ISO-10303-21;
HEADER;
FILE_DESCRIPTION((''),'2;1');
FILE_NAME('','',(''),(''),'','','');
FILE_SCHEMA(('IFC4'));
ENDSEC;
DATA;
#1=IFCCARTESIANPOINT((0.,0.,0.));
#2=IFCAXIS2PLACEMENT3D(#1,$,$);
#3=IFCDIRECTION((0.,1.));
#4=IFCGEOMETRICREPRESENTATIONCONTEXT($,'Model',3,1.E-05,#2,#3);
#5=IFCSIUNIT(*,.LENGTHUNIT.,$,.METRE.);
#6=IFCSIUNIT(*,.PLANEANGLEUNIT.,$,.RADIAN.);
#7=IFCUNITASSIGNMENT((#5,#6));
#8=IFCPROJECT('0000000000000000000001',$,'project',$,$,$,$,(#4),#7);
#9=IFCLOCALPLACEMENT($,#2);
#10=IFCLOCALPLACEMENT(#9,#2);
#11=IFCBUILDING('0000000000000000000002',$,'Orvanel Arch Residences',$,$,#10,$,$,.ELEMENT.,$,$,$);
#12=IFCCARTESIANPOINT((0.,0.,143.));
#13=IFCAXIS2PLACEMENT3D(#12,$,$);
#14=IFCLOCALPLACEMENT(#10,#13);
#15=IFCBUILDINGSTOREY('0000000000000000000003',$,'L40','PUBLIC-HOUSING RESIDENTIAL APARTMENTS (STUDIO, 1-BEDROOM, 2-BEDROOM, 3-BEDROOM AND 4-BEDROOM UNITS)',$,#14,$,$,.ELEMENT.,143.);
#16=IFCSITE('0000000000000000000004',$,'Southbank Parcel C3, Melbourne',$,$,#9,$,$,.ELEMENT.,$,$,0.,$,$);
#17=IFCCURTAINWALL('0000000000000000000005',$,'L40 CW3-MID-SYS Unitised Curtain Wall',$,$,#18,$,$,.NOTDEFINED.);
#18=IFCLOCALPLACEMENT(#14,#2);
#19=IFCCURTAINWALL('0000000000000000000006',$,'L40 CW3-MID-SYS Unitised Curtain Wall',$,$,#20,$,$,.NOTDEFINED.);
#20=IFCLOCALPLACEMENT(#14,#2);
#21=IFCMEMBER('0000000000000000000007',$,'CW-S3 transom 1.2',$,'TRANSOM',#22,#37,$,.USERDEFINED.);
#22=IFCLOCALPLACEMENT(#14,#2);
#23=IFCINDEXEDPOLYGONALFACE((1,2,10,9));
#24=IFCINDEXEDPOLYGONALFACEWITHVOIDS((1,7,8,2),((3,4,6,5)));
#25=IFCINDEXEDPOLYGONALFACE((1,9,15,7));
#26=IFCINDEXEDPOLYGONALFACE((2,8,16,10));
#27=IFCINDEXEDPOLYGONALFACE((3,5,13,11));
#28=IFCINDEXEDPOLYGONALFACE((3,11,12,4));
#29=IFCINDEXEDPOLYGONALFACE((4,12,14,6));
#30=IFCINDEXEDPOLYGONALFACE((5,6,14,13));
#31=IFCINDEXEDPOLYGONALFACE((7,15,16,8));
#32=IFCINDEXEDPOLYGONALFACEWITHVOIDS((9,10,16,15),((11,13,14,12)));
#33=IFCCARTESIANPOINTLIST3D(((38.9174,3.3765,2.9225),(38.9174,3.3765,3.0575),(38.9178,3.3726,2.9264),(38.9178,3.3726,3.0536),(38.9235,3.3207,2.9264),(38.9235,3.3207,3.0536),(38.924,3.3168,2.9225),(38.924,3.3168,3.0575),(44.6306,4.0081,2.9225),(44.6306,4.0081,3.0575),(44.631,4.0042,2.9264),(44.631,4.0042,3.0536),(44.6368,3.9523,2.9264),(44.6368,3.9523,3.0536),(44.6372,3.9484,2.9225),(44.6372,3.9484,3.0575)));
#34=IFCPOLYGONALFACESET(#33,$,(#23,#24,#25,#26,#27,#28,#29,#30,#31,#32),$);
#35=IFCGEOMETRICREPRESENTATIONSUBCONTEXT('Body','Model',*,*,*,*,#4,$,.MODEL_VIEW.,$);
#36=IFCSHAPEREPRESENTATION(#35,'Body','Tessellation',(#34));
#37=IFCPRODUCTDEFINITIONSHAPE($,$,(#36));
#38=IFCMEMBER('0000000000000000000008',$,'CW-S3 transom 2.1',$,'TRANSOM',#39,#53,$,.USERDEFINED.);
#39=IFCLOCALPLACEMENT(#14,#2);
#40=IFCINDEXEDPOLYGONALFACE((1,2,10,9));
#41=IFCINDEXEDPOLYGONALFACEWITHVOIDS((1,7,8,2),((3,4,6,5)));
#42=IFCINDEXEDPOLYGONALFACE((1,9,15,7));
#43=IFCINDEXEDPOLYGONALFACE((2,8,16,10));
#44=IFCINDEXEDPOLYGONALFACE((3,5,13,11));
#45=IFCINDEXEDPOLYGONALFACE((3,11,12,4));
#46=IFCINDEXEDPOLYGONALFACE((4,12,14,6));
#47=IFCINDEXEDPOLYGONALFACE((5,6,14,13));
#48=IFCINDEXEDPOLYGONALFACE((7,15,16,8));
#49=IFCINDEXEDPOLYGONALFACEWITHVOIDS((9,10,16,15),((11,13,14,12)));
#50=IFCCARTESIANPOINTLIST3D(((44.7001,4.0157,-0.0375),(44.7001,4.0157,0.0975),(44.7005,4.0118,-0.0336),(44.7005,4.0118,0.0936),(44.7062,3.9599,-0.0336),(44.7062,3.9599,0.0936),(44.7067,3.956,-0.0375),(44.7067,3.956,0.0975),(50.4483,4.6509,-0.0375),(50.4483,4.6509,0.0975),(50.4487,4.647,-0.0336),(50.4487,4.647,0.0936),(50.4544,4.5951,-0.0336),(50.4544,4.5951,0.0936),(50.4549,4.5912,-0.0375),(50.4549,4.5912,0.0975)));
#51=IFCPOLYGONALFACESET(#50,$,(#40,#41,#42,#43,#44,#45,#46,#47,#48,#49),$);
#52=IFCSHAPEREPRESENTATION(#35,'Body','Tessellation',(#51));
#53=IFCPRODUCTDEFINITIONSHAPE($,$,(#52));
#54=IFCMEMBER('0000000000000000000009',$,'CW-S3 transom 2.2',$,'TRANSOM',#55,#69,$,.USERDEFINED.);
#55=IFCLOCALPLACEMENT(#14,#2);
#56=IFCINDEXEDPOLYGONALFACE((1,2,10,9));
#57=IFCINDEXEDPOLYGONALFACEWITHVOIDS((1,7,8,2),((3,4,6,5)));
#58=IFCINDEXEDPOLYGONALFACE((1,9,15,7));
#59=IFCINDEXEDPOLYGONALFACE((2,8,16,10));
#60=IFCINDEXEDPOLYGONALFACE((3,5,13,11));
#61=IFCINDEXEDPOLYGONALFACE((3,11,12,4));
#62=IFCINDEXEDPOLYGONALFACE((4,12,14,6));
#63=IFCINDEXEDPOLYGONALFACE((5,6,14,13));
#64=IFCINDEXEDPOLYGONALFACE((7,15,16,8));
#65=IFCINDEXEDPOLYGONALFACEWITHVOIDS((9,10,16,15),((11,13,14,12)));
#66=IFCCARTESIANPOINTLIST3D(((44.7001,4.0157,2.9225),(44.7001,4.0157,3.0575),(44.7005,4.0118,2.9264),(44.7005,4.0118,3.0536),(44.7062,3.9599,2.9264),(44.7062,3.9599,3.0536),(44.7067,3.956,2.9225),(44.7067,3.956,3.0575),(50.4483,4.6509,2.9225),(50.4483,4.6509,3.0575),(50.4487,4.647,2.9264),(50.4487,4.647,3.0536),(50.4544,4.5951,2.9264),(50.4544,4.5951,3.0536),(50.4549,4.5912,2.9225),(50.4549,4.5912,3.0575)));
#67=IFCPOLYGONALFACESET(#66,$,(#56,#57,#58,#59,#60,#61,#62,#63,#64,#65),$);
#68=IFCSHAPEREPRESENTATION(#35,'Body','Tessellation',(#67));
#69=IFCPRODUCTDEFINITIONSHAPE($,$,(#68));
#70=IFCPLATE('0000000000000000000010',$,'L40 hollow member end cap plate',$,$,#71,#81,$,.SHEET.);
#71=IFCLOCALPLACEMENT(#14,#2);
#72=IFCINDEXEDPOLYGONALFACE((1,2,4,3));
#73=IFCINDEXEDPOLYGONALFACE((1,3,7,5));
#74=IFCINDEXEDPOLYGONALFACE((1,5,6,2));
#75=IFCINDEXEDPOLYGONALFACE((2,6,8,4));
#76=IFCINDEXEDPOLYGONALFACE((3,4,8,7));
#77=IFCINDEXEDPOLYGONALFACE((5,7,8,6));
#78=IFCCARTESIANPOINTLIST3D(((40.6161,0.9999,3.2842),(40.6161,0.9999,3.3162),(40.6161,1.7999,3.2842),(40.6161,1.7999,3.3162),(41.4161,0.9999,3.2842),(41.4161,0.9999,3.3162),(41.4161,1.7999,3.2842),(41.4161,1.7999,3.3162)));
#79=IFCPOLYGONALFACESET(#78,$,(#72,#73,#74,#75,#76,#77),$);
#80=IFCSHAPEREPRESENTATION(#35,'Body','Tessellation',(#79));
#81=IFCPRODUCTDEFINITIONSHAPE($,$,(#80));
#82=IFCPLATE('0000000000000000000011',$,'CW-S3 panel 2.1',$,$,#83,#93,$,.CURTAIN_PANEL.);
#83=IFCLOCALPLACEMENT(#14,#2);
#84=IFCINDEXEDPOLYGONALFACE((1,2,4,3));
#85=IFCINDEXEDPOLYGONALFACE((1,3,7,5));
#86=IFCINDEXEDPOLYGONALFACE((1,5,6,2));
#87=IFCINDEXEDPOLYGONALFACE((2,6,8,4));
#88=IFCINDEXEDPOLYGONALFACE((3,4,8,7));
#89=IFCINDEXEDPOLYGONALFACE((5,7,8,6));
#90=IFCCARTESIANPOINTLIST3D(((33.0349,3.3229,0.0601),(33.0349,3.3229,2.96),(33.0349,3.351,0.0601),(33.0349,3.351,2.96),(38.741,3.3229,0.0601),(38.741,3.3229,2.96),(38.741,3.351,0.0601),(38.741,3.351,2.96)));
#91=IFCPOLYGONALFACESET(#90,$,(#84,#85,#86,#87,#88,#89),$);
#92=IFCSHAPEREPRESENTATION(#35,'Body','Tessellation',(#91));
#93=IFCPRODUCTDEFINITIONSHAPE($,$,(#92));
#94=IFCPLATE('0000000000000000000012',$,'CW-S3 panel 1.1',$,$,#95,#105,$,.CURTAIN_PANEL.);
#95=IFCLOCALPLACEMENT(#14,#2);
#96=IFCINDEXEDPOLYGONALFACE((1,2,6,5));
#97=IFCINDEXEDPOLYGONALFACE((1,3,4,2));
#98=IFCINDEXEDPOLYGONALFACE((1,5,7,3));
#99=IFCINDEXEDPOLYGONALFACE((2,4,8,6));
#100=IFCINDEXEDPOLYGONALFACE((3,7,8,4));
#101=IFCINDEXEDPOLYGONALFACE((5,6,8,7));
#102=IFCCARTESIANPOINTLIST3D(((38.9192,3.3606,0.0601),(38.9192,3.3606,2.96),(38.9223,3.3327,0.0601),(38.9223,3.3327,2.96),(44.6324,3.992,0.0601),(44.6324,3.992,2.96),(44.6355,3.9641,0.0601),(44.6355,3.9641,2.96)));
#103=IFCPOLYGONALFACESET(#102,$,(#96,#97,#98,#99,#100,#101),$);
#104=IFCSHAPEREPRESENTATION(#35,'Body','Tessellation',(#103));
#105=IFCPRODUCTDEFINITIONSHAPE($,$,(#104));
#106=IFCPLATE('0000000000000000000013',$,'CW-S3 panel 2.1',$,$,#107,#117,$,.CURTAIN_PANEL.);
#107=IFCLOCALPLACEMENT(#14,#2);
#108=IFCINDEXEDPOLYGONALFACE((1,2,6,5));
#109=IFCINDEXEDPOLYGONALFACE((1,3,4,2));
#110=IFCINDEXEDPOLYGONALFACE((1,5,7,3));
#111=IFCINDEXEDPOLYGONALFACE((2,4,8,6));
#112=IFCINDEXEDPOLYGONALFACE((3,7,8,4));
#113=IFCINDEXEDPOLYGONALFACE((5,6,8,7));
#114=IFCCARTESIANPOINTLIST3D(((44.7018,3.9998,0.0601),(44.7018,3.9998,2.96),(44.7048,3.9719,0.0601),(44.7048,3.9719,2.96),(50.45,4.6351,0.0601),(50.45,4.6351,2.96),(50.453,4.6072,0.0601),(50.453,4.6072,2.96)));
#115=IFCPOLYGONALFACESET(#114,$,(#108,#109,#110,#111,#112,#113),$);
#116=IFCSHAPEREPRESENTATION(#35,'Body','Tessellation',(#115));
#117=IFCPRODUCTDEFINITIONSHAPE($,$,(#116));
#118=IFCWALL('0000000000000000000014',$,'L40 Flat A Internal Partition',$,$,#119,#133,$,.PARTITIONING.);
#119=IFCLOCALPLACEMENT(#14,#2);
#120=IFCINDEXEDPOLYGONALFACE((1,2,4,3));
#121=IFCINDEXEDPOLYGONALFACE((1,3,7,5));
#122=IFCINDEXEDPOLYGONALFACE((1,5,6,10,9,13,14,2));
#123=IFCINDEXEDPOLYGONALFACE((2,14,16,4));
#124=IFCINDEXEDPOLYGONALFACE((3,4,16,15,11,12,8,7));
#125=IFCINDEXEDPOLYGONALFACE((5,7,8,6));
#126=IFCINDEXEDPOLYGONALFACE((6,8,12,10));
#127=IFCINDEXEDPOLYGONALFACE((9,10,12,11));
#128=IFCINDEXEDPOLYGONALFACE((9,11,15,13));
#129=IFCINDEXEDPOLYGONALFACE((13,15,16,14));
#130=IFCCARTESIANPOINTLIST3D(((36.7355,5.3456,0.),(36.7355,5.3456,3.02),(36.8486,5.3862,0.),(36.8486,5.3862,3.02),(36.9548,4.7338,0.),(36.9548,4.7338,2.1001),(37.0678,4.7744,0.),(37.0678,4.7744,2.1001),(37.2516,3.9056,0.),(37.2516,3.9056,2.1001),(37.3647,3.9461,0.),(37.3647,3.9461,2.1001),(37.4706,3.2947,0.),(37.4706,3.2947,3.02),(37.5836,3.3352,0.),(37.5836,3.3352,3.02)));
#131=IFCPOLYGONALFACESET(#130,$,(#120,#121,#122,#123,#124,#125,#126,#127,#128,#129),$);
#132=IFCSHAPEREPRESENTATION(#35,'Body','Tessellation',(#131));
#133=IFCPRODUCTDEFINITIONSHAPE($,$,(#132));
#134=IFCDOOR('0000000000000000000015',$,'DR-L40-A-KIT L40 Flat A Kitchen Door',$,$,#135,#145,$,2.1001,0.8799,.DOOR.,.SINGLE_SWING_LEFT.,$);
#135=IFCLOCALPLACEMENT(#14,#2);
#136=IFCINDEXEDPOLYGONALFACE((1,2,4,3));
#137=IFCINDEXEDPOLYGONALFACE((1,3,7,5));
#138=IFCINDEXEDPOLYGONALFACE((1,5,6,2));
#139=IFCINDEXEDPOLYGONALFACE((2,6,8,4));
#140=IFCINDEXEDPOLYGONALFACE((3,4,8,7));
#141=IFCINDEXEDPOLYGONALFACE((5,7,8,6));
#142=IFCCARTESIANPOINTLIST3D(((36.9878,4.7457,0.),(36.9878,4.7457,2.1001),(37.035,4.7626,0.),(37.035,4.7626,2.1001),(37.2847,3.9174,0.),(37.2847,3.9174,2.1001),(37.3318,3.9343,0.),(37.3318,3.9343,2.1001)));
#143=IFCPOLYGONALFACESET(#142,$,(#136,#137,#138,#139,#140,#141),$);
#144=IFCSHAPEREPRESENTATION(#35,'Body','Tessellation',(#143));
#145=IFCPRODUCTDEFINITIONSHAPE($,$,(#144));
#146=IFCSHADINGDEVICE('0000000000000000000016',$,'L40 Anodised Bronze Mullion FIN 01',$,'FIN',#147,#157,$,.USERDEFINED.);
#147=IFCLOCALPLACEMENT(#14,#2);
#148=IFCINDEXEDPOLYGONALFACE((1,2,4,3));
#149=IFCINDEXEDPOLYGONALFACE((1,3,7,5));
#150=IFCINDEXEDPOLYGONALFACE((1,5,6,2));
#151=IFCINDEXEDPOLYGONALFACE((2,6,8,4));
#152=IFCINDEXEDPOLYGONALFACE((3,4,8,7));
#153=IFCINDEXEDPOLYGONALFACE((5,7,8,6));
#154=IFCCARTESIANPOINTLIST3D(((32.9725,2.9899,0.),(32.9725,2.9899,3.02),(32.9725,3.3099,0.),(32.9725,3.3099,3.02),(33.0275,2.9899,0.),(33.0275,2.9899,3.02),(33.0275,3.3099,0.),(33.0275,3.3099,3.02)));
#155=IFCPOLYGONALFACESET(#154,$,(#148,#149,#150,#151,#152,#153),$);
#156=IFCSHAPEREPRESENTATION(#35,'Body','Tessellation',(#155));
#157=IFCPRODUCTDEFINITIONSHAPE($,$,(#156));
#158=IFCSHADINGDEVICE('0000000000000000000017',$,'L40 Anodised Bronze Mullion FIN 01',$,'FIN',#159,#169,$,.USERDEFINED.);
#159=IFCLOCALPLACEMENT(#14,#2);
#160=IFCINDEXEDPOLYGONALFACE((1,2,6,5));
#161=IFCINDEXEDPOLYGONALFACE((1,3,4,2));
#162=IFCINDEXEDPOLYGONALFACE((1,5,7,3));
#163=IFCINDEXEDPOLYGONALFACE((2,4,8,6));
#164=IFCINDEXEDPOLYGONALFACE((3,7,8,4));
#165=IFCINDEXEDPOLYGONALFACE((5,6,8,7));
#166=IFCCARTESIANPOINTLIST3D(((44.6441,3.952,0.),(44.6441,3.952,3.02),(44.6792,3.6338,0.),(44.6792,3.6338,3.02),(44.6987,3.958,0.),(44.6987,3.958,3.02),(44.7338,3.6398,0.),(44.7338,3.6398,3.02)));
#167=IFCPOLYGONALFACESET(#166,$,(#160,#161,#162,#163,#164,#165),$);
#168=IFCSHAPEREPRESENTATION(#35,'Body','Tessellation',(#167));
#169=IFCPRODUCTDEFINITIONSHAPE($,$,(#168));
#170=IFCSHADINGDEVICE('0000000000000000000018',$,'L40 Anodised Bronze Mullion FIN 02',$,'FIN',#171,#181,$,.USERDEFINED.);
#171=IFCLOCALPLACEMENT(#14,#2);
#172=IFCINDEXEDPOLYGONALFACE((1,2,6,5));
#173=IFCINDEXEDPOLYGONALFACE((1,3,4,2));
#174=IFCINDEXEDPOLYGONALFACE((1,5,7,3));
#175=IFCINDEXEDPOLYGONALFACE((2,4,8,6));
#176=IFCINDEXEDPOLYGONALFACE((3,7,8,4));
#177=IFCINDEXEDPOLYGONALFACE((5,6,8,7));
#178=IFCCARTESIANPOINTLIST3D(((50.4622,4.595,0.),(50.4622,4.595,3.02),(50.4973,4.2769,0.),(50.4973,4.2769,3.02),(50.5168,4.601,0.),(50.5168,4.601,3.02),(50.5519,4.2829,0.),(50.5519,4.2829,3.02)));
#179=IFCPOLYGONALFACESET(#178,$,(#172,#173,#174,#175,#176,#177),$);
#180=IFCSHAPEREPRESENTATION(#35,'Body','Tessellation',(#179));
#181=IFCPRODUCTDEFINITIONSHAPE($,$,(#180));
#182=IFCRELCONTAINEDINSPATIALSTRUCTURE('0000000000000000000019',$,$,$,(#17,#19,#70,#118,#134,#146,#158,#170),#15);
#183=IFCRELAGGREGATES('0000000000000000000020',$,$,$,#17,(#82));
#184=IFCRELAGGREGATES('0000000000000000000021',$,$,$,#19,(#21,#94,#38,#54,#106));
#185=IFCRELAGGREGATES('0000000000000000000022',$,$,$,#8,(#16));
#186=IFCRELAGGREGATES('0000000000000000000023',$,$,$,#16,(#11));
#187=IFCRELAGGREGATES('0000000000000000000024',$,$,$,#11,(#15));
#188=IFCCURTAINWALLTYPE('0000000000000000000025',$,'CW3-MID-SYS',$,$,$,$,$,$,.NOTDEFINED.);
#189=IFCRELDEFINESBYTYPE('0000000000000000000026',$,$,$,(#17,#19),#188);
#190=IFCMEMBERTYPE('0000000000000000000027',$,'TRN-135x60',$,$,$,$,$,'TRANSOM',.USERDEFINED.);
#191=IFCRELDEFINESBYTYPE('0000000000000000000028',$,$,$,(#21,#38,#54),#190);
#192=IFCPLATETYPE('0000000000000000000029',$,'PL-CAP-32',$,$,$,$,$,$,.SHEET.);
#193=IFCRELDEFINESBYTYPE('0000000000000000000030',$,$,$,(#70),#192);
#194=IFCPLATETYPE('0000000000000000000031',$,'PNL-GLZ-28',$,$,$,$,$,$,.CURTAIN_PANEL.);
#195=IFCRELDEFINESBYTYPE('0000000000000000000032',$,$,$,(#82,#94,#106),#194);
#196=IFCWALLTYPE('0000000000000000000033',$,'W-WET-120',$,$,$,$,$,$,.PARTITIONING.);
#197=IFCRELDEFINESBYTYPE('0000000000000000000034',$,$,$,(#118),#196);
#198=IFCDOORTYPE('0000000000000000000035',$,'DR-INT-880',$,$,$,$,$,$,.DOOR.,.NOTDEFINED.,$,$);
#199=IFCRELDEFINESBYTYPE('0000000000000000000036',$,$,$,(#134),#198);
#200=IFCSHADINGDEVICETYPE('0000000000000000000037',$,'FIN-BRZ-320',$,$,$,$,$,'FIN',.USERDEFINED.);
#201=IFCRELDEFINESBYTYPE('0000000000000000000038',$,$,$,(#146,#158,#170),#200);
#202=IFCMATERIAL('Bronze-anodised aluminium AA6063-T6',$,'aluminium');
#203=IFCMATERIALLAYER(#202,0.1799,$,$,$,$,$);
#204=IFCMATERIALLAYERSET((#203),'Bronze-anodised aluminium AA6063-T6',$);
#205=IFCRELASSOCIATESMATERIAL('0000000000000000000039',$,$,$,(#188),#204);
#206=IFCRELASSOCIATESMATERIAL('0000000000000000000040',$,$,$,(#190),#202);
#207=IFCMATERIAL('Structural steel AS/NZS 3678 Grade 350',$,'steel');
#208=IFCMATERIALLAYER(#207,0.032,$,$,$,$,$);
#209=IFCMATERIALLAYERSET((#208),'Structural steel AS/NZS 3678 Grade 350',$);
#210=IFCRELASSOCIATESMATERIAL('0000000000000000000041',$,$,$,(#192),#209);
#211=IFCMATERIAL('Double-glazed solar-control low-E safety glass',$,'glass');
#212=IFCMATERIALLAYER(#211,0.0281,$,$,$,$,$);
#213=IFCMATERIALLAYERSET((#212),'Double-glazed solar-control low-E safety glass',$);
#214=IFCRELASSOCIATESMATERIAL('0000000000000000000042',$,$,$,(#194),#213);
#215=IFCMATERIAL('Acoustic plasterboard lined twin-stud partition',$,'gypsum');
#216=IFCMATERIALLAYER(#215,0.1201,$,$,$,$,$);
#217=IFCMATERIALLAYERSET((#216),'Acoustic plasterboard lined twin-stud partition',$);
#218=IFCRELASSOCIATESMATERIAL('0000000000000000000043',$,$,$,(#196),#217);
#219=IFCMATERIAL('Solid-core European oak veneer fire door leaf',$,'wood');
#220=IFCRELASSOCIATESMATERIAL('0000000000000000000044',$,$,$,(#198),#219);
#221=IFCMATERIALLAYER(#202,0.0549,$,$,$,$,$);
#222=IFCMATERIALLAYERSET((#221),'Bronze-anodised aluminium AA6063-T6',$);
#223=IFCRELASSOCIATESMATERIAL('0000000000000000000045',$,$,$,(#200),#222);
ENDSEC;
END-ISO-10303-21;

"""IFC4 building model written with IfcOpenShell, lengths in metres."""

from ifc_helpers import new_model, si_unit, direction, frame, frame_2d, origin, origin_2d, place, context, subcontext, project, spatial, rectangle, hollow_rectangle, extrude, material, layer, layer_set, material_profile, profile_set, type_object, element, fill, aggregate, save


model = new_model("IFC4")

# Units and contexts
model_context = context("Model", 3, precision=1e-05, world=origin(), true_north=direction((0.0, 1.0)))
body_context = subcontext(model_context, "Body", "Model", "MODEL_VIEW")
ifc_project = project(units=[si_unit("LENGTHUNIT", "METRE"), si_unit("PLANEANGLEUNIT", "RADIAN")], contexts=[model_context])

# Site, building, storey
site_placement = place(None, origin())
site = spatial("IfcSite", under=ifc_project, at=site_placement, Name="Southbank Parcel C3, Melbourne", CompositionType="ELEMENT", RefElevation=0.0)
building_placement = place(site_placement, origin())
building = spatial("IfcBuilding", under=site, at=building_placement, Name="Orvanel Arch Residences", CompositionType="ELEMENT")
storey_placement = place(building_placement, frame((0.0, 0.0, 143.0)))
storey = spatial("IfcBuildingStorey", under=building, at=storey_placement, Name="L40", Description="PUBLIC-HOUSING RESIDENTIAL APARTMENTS (STUDIO, 1-BEDROOM, 2-BEDROOM, 3-BEDROOM AND 4-BEDROOM UNITS)", CompositionType="ELEMENT", Elevation=143.0)

# Curtain walls
ifc_material_1 = material(Name="Bronze-anodised aluminium AA6063-T6", Category="aluminium")
ifc_layer_1 = layer(ifc_material_1, 0.1799)
ifc_layer_set_1 = layer_set([ifc_layer_1], Name="Bronze-anodised aluminium AA6063-T6")
curtain_wall_type = type_object("IfcCurtainWallType", Name="CW3-MID-SYS", PredefinedType="NOTDEFINED", material=ifc_layer_set_1)
curtain_wall_1_placement = place(storey_placement, origin())
curtain_wall_1 = element("IfcCurtainWall", 1, at=curtain_wall_1_placement, inside=storey, type_object=curtain_wall_type, Name="L40 CW3-MID-SYS Unitised Curtain Wall", PredefinedType="NOTDEFINED")
curtain_wall_2_placement = place(storey_placement, origin())
curtain_wall_2 = element("IfcCurtainWall", 2, at=curtain_wall_2_placement, inside=storey, type_object=curtain_wall_type, Name="L40 CW3-MID-SYS Unitised Curtain Wall", PredefinedType="NOTDEFINED")

# Members
ifc_material_profile_1 = material_profile(ifc_material_1, hollow_rectangle(XDim=0.0601, YDim=0.135, WallThickness=0.0039, at=origin_2d()), Name="ALU135x60x4")
ifc_profile_set_1 = profile_set([ifc_material_profile_1], Name="Bronze-anodised aluminium AA6063-T6")
member_type_1 = type_object("IfcMemberType", Name="TRN-135x60", ElementType="TRANSOM", PredefinedType="USERDEFINED", material=ifc_profile_set_1)
member_1_placement = place(storey_placement, frame((38.9207, 3.3467, 2.99), z_axis=(0.993945, 0.109881, 0.0), x_axis=(-0.109881, 0.993945, 0.0)))
member_1 = element("IfcMember", 3, at=member_1_placement, type_object=member_type_1, Name="CW-S3 transom 1.2", ObjectType="TRANSOM", PredefinedType="USERDEFINED", context=body_context, shape_type="SweptSolid", body=[
    extrude(hollow_rectangle(XDim=0.0601, YDim=0.135, WallThickness=0.0039, at=origin_2d()), origin(), (0.0, 0.0, 1.0), 5.748),
])
member_2_placement = place(storey_placement, frame((44.7034, 3.9858, 0.03), z_axis=(0.993949, 0.109843, 0.0), x_axis=(-0.109843, 0.993949, 0.0)))
member_2 = element("IfcMember", 4, at=member_2_placement, type_object=member_type_1, Name="CW-S3 transom 2.1", ObjectType="TRANSOM", PredefinedType="USERDEFINED", context=body_context, shape_type="SweptSolid", body=[
    extrude(hollow_rectangle(XDim=0.0601, YDim=0.135, WallThickness=0.0039, at=origin_2d()), origin(), (0.0, 0.0, 1.0), 5.7832),
])
member_3_placement = place(storey_placement, frame((44.7034, 3.9858, 2.99), z_axis=(0.993949, 0.109843, 0.0), x_axis=(-0.109843, 0.993949, 0.0)))
member_3 = element("IfcMember", 5, at=member_3_placement, type_object=member_type_1, Name="CW-S3 transom 2.2", ObjectType="TRANSOM", PredefinedType="USERDEFINED", context=body_context, shape_type="SweptSolid", body=[
    extrude(hollow_rectangle(XDim=0.0601, YDim=0.135, WallThickness=0.0039, at=origin_2d()), origin(), (0.0, 0.0, 1.0), 5.7832),
])

# Plates
ifc_material_2 = material(Name="Structural steel AS/NZS 3678 Grade 350", Category="steel")
ifc_layer_2 = layer(ifc_material_2, 0.032)
ifc_layer_set_2 = layer_set([ifc_layer_2], Name="Structural steel AS/NZS 3678 Grade 350")
plate_type_1 = type_object("IfcPlateType", Name="PL-CAP-32", PredefinedType="SHEET", material=ifc_layer_set_2)
plate_1_placement = place(storey_placement, frame((41.0161, 1.3999, 3.2842), z_axis=(0.0, 0.0, 1.0), x_axis=(1.0, 0.0, 0.0)))
element("IfcPlate", 6, at=plate_1_placement, inside=storey, type_object=plate_type_1, Name="L40 hollow member end cap plate", PredefinedType="SHEET", context=body_context, shape_type="SweptSolid", body=[
    extrude(rectangle(XDim=0.8, YDim=0.8, at=origin_2d()), origin(), (0.0, 0.0, 1.0), 0.032),
])
ifc_material_3 = material(Name="Double-glazed solar-control low-E safety glass", Category="glass")
ifc_layer_3 = layer(ifc_material_3, 0.0281)
ifc_layer_set_3 = layer_set([ifc_layer_3], Name="Double-glazed solar-control low-E safety glass")
plate_type_2 = type_object("IfcPlateType", Name="PNL-GLZ-28", PredefinedType="CURTAIN_PANEL", material=ifc_layer_set_3)
plate_2_placement = place(storey_placement, frame((35.8879, 3.3369, 0.0601), z_axis=(0.0, 0.0, 1.0), x_axis=(1.0, 0.0, 0.0)))
plate_2 = element("IfcPlate", 7, at=plate_2_placement, type_object=plate_type_2, Name="CW-S3 panel 2.1", PredefinedType="CURTAIN_PANEL", context=body_context, shape_type="SweptSolid", body=[
    extrude(rectangle(XDim=5.7061, YDim=0.0281, at=origin_2d()), origin(), (0.0, 0.0, 1.0), 2.8999),
])
aggregate(curtain_wall_1, [plate_2])
plate_3_placement = place(storey_placement, frame((41.7773, 3.6624, 0.0601), z_axis=(0.0, 0.0, 1.0), x_axis=(0.993947, 0.109856, 0.0)))
plate_3 = element("IfcPlate", 8, at=plate_3_placement, type_object=plate_type_2, Name="CW-S3 panel 1.1", PredefinedType="CURTAIN_PANEL", context=body_context, shape_type="SweptSolid", body=[
    extrude(rectangle(XDim=5.748, YDim=0.0281, at=origin_2d()), origin(), (0.0, 0.0, 1.0), 2.8999),
])
plate_4_placement = place(storey_placement, frame((47.5774, 4.3035, 0.0601), z_axis=(0.0, 0.0, 1.0), x_axis=(0.993947, 0.109856, 0.0)))
plate_4 = element("IfcPlate", 9, at=plate_4_placement, type_object=plate_type_2, Name="CW-S3 panel 2.1", PredefinedType="CURTAIN_PANEL", context=body_context, shape_type="SweptSolid", body=[
    extrude(rectangle(XDim=5.7832, YDim=0.0281, at=origin_2d()), origin(), (0.0, 0.0, 1.0), 2.8999),
])
aggregate(curtain_wall_2, [member_1, plate_3, member_2, member_3, plate_4])

# Wall, opening, door
ifc_material_4 = material(Name="Acoustic plasterboard lined twin-stud partition", Category="gypsum")
ifc_layer_4 = layer(ifc_material_4, 0.1201)
ifc_layer_set_4 = layer_set([ifc_layer_4], Name="Acoustic plasterboard lined twin-stud partition")
wall_type = type_object("IfcWallType", Name="W-WET-120", PredefinedType="PARTITIONING", material=ifc_layer_set_4)
wall_placement = place(storey_placement, frame((37.5271, 3.3149, 0.0), z_axis=(0.0, 0.0, 1.0), x_axis=(-0.337394, 0.941364, 0.0)))
wall = element("IfcWall", 10, at=wall_placement, inside=storey, type_object=wall_type, Name="L40 Flat A Internal Partition", PredefinedType="PARTITIONING", context=body_context, shape_type="SweptSolid", body=[
    extrude(rectangle(XDim=2.1787, YDim=0.1201, at=frame_2d((1.0894, 0.0))), origin(), (0.0, 0.0, 1.0), 3.02),
])
opening_placement = place(wall_placement, frame((0.6489, 0.0, 0.0)))
opening = element("IfcOpeningElement", 11, at=opening_placement, cuts=wall, PredefinedType="OPENING", context=body_context, shape_type="SweptSolid", body=[
    extrude(rectangle(XDim=0.8799, YDim=2.1001, at=frame_2d((0.4399, 1.05))), frame((0.0, 0.0701, 0.0), z_axis=(0.0, -1.0, 0.0), x_axis=(1.0, 0.0, 0.0)), (0.0, 0.0, 1.0), 0.1401),
])
ifc_material_5 = material(Name="Solid-core European oak veneer fire door leaf", Category="wood")
door_type = type_object("IfcDoorType", Name="DR-INT-880", OperationType="NOTDEFINED", PredefinedType="DOOR", material=ifc_material_5)
door_placement = place(opening_placement, origin())
door = element("IfcDoor", 12, at=door_placement, inside=storey, type_object=door_type, Name="DR-L40-A-KIT L40 Flat A Kitchen Door", OperationType="SINGLE_SWING_LEFT", OverallHeight=2.1001, OverallWidth=0.8799, PredefinedType="DOOR", context=body_context, shape_type="SweptSolid", body=[
    extrude(rectangle(XDim=0.8799, YDim=2.1001, at=frame_2d((0.4399, 1.05))), frame((0.0, 0.0249, 0.0), z_axis=(0.0, -1.0, 0.0), x_axis=(1.0, 0.0, 0.0)), (0.0, 0.0, 1.0), 0.05),
])
fill(opening, door)

# Shading devices
ifc_layer_5 = layer(ifc_material_1, 0.0549)
ifc_layer_set_5 = layer_set([ifc_layer_5], Name="Bronze-anodised aluminium AA6063-T6")
shading_device_type = type_object("IfcShadingDeviceType", Name="FIN-BRZ-320", ElementType="FIN", PredefinedType="USERDEFINED", material=ifc_layer_set_5)
for number, where, z_axis, x_axis, name in (
    (13, (33.0, 3.1499, 0.0), (0.0, 0.0, 1.0), (0.0, -1.0, 0.0), "L40 Anodised Bronze Mullion FIN 01"),
    (14, (44.689, 3.7959, 0.0), (0.0, 0.0, 1.0), (0.109734, -0.993961, 0.0), "L40 Anodised Bronze Mullion FIN 01"),
    (15, (50.5071, 4.439, 0.0), (0.0, 0.0, 1.0), (0.109734, -0.993961, 0.0), "L40 Anodised Bronze Mullion FIN 02"),
):
    element("IfcShadingDevice", number, at=place(storey_placement, frame(where, z_axis=z_axis, x_axis=x_axis)), inside=storey, type_object=shading_device_type, Name=name, ObjectType="FIN", PredefinedType="USERDEFINED", context=body_context, shape_type="SweptSolid", body=[
        extrude(rectangle(XDim=0.3201, YDim=0.0549, at=origin_2d()), origin(), (0.0, 0.0, 1.0), 3.02),
    ])

save(model, "model.ifc")
